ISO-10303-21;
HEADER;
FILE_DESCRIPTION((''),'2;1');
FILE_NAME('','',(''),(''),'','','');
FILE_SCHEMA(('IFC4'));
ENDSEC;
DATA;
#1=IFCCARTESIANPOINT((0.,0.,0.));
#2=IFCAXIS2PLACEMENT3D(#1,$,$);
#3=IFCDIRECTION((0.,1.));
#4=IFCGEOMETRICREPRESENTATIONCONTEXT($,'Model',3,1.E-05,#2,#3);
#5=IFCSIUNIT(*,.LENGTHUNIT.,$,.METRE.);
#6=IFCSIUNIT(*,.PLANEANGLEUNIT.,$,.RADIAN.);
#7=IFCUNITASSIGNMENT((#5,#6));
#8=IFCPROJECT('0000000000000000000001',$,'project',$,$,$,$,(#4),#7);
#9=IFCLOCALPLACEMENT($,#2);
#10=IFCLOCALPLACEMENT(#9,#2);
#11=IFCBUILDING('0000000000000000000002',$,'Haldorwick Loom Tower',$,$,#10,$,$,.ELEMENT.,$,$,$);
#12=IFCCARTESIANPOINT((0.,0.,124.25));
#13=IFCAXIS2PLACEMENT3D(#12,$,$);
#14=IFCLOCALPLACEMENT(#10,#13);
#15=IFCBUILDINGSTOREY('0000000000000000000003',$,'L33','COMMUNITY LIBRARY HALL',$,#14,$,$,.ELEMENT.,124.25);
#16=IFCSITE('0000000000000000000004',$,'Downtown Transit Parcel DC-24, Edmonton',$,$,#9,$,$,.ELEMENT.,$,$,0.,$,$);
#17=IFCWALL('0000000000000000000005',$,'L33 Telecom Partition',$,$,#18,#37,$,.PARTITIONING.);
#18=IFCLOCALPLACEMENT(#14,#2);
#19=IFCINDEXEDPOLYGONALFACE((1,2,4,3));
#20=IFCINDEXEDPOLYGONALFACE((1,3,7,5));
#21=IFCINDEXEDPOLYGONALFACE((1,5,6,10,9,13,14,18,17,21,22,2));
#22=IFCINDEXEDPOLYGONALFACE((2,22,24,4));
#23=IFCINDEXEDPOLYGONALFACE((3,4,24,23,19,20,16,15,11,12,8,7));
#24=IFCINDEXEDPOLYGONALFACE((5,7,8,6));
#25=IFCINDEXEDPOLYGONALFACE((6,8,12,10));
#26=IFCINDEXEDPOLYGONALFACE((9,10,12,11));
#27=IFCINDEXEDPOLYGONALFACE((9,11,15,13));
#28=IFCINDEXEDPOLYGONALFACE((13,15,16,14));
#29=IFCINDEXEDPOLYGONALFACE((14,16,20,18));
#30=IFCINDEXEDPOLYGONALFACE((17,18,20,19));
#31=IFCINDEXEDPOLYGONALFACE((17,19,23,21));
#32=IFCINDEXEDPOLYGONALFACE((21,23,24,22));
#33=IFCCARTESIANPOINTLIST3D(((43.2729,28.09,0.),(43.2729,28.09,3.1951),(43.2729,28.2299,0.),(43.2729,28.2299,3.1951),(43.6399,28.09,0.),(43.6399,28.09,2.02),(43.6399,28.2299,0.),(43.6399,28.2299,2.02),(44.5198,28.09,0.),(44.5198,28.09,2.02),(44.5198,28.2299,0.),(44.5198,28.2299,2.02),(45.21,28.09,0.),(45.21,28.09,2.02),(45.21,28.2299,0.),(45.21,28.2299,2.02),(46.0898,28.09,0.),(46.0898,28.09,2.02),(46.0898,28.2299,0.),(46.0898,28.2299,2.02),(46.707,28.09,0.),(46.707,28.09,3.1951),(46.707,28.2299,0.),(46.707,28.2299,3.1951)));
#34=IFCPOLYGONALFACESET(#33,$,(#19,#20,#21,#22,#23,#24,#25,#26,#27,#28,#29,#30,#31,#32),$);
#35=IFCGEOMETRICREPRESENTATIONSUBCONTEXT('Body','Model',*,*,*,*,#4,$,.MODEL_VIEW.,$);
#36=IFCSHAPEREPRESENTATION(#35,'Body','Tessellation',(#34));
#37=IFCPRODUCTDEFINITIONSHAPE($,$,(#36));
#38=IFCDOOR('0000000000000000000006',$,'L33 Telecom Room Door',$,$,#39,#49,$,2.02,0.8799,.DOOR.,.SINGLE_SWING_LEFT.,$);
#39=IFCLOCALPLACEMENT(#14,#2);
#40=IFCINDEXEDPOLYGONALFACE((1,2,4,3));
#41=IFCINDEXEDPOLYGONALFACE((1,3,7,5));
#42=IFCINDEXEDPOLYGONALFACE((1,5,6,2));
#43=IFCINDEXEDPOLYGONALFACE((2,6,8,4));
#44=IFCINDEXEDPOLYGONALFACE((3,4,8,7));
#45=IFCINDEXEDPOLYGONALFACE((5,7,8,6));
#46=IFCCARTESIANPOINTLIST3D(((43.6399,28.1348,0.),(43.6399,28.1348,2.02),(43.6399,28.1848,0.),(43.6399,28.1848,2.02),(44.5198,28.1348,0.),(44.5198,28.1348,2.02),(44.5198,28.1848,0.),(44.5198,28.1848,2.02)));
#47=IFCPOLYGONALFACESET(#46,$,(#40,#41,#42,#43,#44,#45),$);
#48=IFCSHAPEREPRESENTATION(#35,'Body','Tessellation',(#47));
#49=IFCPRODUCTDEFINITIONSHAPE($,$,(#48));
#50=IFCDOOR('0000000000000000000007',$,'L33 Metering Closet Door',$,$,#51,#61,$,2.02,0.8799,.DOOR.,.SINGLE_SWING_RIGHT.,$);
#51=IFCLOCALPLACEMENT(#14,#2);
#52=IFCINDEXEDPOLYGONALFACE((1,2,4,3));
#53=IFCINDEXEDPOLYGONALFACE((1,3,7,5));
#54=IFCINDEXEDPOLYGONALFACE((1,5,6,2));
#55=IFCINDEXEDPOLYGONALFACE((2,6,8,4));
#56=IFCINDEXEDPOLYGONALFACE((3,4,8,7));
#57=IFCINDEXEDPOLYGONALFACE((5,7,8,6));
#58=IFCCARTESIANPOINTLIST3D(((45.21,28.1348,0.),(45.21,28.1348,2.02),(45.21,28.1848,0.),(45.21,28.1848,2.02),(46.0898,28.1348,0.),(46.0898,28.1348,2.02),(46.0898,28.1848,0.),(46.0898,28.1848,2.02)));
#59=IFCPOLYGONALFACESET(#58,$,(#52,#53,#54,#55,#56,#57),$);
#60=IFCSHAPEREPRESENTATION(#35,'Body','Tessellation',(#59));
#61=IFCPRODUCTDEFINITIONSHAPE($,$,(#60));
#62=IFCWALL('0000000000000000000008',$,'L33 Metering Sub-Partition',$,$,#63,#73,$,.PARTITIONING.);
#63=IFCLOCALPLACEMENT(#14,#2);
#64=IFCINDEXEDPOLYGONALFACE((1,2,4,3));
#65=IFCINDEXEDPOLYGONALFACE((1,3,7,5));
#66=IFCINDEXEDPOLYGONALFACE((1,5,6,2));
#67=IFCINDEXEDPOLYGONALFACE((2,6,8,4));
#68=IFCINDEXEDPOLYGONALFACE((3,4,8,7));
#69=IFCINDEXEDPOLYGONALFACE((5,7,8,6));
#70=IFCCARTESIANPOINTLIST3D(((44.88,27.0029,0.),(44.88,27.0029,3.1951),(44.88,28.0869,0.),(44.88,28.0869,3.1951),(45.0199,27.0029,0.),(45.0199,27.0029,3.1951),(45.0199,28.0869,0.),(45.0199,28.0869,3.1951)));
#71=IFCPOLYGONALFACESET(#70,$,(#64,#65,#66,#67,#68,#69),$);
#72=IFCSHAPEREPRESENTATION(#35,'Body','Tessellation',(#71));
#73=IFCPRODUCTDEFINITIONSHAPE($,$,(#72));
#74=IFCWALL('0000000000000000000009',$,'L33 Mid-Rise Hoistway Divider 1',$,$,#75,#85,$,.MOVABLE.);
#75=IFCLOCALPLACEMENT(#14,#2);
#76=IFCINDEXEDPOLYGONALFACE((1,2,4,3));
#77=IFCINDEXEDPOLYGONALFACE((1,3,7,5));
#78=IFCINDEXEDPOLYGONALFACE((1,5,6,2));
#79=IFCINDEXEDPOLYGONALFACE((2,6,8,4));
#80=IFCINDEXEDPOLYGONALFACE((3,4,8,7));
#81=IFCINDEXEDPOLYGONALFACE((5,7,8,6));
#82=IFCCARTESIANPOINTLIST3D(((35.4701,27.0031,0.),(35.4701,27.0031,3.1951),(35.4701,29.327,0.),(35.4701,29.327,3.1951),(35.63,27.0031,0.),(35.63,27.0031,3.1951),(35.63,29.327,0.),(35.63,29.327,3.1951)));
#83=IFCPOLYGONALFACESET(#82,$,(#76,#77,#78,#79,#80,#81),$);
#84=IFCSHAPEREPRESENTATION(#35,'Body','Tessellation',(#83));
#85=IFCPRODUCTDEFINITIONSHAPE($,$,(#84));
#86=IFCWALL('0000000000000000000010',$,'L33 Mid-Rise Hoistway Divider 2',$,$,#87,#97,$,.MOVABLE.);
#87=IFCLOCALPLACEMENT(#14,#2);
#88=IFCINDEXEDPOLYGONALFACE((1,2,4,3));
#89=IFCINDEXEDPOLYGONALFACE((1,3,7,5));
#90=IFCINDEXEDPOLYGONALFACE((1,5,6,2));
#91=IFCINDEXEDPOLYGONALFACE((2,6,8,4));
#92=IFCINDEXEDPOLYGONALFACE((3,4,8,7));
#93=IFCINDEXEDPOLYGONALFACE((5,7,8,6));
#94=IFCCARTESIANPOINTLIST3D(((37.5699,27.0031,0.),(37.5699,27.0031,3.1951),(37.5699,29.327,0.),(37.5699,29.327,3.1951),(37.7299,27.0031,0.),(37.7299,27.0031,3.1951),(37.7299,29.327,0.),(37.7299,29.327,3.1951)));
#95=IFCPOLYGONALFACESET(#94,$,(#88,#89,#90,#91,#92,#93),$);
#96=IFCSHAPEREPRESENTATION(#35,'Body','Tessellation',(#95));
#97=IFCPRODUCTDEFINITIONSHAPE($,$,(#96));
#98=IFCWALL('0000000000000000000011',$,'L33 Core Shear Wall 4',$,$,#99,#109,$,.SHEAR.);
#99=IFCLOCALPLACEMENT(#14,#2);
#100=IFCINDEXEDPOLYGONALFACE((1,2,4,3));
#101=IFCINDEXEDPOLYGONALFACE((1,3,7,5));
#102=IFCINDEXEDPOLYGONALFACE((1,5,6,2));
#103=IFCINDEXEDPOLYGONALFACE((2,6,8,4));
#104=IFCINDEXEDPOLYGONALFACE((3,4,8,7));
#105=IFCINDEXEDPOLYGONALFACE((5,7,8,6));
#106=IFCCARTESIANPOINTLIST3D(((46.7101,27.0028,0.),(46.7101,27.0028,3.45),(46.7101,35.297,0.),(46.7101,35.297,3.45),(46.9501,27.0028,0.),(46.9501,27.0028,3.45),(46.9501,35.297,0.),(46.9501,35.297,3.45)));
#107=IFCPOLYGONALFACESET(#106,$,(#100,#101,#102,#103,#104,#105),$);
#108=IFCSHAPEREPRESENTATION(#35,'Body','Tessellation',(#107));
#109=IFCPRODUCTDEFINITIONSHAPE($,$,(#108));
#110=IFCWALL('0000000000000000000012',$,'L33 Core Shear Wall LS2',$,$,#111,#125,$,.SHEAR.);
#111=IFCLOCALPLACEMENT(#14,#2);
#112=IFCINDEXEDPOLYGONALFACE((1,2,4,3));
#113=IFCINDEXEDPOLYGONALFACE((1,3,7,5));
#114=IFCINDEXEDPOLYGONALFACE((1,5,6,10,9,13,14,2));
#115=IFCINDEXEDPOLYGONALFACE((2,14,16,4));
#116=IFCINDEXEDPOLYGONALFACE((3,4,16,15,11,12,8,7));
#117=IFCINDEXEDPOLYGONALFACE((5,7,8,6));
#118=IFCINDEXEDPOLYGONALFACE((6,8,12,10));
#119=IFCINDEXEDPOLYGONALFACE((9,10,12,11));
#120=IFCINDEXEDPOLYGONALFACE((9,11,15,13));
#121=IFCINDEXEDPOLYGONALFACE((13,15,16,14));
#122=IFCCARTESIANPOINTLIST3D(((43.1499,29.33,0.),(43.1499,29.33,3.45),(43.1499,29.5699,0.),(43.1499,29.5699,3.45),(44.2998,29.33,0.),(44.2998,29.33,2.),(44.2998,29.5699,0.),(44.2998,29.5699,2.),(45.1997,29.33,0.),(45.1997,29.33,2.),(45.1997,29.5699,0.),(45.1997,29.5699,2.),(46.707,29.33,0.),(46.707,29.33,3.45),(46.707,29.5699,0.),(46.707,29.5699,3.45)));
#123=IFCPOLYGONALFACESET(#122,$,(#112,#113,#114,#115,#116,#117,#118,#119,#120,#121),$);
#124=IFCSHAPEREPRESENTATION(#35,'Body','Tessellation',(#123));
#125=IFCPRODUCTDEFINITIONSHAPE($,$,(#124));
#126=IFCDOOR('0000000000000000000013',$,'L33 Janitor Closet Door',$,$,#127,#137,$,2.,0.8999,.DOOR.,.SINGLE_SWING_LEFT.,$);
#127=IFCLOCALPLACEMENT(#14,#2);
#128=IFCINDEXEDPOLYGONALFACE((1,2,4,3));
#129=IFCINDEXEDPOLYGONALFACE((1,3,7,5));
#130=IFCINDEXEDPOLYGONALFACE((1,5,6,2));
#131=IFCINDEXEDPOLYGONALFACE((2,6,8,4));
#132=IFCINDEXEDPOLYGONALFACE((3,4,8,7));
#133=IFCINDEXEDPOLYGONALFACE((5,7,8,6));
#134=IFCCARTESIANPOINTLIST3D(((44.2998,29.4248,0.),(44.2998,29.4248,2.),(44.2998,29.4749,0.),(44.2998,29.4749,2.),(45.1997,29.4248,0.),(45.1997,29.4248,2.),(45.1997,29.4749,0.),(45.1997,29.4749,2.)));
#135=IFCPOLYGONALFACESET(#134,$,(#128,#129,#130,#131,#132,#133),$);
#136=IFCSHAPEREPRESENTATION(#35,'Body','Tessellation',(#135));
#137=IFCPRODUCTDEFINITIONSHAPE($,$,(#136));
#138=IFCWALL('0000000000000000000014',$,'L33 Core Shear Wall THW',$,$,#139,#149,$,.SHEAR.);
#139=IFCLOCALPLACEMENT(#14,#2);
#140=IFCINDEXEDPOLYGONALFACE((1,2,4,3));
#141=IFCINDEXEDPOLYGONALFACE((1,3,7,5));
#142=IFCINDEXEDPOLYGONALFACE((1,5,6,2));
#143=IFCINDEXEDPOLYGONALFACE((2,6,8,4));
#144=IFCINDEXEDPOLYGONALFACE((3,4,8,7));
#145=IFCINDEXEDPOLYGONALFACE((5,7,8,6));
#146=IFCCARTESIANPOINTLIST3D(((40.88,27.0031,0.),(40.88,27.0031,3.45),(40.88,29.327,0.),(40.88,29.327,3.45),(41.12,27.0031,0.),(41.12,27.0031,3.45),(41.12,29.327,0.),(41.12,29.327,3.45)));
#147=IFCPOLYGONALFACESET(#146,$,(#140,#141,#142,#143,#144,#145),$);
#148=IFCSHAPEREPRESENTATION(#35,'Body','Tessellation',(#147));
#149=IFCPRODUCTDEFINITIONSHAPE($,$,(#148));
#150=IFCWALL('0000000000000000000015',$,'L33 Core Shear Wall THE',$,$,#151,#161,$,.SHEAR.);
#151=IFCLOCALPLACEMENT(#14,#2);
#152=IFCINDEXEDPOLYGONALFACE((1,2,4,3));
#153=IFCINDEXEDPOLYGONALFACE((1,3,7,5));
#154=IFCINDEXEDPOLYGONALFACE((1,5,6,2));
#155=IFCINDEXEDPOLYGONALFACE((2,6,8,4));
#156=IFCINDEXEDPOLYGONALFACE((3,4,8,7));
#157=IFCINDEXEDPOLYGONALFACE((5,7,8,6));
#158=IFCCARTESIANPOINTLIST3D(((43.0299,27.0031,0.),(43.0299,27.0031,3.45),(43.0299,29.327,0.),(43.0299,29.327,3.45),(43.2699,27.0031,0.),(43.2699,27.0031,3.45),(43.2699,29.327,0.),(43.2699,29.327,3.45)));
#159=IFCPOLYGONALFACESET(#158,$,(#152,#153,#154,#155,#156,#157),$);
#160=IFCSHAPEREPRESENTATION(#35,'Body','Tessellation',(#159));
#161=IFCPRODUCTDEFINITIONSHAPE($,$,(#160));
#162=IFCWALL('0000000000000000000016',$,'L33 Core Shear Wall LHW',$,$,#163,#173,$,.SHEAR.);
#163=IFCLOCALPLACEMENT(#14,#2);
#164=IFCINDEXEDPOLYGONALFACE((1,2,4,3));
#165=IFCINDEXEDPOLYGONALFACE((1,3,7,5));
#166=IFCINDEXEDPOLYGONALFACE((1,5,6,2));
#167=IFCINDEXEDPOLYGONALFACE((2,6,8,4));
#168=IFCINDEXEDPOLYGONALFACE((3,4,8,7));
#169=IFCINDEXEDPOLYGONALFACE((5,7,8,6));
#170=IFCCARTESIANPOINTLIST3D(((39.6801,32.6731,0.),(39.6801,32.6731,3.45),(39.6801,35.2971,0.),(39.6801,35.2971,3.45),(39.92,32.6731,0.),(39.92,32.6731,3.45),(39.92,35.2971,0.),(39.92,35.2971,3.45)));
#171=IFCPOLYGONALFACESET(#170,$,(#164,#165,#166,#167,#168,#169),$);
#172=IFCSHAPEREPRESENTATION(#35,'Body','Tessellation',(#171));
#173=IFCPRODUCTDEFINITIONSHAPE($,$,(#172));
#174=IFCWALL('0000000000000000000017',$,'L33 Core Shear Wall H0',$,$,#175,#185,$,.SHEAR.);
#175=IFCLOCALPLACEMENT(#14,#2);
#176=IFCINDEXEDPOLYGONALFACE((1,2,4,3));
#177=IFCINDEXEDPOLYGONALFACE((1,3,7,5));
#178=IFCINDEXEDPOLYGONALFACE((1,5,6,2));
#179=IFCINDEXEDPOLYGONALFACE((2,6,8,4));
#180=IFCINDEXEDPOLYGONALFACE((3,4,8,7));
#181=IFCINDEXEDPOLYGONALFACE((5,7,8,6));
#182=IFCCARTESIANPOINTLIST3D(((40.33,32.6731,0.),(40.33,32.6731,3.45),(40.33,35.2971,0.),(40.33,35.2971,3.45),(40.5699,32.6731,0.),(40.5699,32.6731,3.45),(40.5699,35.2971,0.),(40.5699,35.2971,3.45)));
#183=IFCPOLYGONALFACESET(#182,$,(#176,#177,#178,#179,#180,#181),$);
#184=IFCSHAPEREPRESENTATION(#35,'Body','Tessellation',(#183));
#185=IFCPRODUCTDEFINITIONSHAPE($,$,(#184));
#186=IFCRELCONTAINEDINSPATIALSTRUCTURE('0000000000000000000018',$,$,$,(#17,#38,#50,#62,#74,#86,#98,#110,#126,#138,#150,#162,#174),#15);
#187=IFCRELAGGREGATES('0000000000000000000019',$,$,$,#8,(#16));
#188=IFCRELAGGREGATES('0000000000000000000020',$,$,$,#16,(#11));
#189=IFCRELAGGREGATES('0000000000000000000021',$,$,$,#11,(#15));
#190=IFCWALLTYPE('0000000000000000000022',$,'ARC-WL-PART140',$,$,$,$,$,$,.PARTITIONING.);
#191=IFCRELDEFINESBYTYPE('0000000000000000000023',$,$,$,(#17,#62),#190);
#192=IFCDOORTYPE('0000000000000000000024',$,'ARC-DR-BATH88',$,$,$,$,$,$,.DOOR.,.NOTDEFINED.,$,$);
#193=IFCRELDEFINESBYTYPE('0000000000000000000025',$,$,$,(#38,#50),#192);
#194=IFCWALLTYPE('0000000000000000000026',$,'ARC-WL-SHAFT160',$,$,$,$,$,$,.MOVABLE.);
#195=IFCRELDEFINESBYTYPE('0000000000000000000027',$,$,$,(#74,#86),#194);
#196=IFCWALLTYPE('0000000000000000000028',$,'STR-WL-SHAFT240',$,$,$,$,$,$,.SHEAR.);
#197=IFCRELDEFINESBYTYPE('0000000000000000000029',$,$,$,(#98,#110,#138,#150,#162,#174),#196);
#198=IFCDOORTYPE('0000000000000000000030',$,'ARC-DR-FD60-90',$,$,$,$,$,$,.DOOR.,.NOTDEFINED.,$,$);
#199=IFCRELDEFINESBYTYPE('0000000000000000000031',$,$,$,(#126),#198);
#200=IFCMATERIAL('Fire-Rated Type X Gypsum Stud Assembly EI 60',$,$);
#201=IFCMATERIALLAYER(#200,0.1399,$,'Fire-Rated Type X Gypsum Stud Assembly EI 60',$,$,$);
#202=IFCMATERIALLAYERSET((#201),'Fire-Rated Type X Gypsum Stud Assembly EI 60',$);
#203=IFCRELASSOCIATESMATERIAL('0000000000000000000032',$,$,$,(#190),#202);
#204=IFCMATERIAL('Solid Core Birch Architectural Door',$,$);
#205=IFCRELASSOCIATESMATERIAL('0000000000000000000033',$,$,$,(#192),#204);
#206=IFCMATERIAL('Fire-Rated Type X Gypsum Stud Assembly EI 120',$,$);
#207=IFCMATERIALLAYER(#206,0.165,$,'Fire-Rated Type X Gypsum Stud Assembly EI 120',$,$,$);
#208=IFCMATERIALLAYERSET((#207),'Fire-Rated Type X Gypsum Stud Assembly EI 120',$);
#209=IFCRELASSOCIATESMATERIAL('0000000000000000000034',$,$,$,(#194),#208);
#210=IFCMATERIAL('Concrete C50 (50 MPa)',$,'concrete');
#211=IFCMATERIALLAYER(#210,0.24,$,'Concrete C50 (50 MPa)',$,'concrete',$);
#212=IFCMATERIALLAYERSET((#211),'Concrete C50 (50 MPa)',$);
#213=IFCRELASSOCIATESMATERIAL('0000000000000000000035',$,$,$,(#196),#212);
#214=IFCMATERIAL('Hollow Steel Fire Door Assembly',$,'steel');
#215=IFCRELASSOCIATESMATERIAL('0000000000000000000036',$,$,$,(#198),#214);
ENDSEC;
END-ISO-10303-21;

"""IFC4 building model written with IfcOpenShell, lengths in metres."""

from ifc_helpers import new_model, si_unit, direction, frame, frame_2d, origin, place, context, subcontext, project, spatial, rectangle, extrude, material, layer, layer_set, type_object, element, fill, save


model = new_model("IFC4")

# Units and contexts
model_context = context("Model", 3, precision=1e-05, world=origin(), true_north=direction((0.0, 1.0)))
body_context = subcontext(model_context, "Body", "Model", "MODEL_VIEW")
ifc_project = project(units=[si_unit("LENGTHUNIT", "METRE"), si_unit("PLANEANGLEUNIT", "RADIAN")], contexts=[model_context])

# Site, building, storey
site_placement = place(None, origin())
site = spatial("IfcSite", under=ifc_project, at=site_placement, Name="Downtown Transit Parcel DC-24, Edmonton", CompositionType="ELEMENT", RefElevation=0.0)
building_placement = place(site_placement, origin())
building = spatial("IfcBuilding", under=site, at=building_placement, Name="Haldorwick Loom Tower", CompositionType="ELEMENT")
storey_placement = place(building_placement, frame((0.0, 0.0, 124.25)))
storey = spatial("IfcBuildingStorey", under=building, at=storey_placement, Name="L33", Description="COMMUNITY LIBRARY HALL", CompositionType="ELEMENT", Elevation=124.25)

# Wall, openings, doors
ifc_material_1 = material(Name="Fire-Rated Type X Gypsum Stud Assembly EI 60")
ifc_layer_1 = layer(ifc_material_1, 0.1399, Name="Fire-Rated Type X Gypsum Stud Assembly EI 60")
ifc_layer_set_1 = layer_set([ifc_layer_1], Name="Fire-Rated Type X Gypsum Stud Assembly EI 60")
wall_type_1 = type_object("IfcWallType", Name="ARC-WL-PART140", PredefinedType="PARTITIONING", material=ifc_layer_set_1)
wall_1_placement = place(storey_placement, frame((43.2729, 28.1599, 0.0), z_axis=(0.0, 0.0, 1.0), x_axis=(1.0, 0.0, 0.0)))
wall_1 = element("IfcWall", 1, at=wall_1_placement, inside=storey, type_object=wall_type_1, Name="L33 Telecom Partition", PredefinedType="PARTITIONING", context=body_context, shape_type="SweptSolid", body=[
    extrude(rectangle(XDim=3.4341, YDim=0.1399, at=frame_2d((1.717, 0.0))), origin(), (0.0, 0.0, 1.0), 3.1951),
])
opening_1_placement = place(wall_1_placement, frame((0.3669, 0.0, 0.0)))
opening_1 = element("IfcOpeningElement", 2, at=opening_1_placement, cuts=wall_1, PredefinedType="OPENING", context=body_context, shape_type="SweptSolid", body=[
    extrude(rectangle(XDim=0.8799, YDim=2.02, at=frame_2d((0.4399, 1.01))), frame((0.0, 0.0798, 0.0), z_axis=(0.0, -1.0, 0.0), x_axis=(1.0, 0.0, 0.0)), (0.0, 0.0, 1.0), 0.1599),
])
opening_2_placement = place(wall_1_placement, frame((1.937, 0.0, 0.0)))
opening_2 = element("IfcOpeningElement", 3, at=opening_2_placement, cuts=wall_1, PredefinedType="OPENING", context=body_context, shape_type="SweptSolid", body=[
    extrude(rectangle(XDim=0.8799, YDim=2.02, at=frame_2d((0.4399, 1.01))), frame((0.0, 0.0798, 0.0), z_axis=(0.0, -1.0, 0.0), x_axis=(1.0, 0.0, 0.0)), (0.0, 0.0, 1.0), 0.1599),
])
ifc_material_2 = material(Name="Solid Core Birch Architectural Door")
door_type_1 = type_object("IfcDoorType", Name="ARC-DR-BATH88", OperationType="NOTDEFINED", PredefinedType="DOOR", material=ifc_material_2)
door_1_placement = place(opening_1_placement, origin())
door_1 = element("IfcDoor", 4, at=door_1_placement, inside=storey, type_object=door_type_1, Name="L33 Telecom Room Door", OperationType="SINGLE_SWING_LEFT", OverallHeight=2.02, OverallWidth=0.8799, PredefinedType="DOOR", context=body_context, shape_type="SweptSolid", body=[
    extrude(rectangle(XDim=0.8799, YDim=2.02, at=frame_2d((0.4399, 1.01))), frame((0.0, 0.0249, 0.0), z_axis=(0.0, -1.0, 0.0), x_axis=(1.0, 0.0, 0.0)), (0.0, 0.0, 1.0), 0.05),
])
fill(opening_1, door_1)
door_2_placement = place(opening_2_placement, origin())
door_2 = element("IfcDoor", 5, at=door_2_placement, inside=storey, type_object=door_type_1, Name="L33 Metering Closet Door", OperationType="SINGLE_SWING_RIGHT", OverallHeight=2.02, OverallWidth=0.8799, PredefinedType="DOOR", context=body_context, shape_type="SweptSolid", body=[
    extrude(rectangle(XDim=0.8799, YDim=2.02, at=frame_2d((0.4399, 1.01))), frame((0.0, 0.0249, 0.0), z_axis=(0.0, -1.0, 0.0), x_axis=(1.0, 0.0, 0.0)), (0.0, 0.0, 1.0), 0.05),
])
fill(opening_2, door_2)

# Walls
wall_2_placement = place(storey_placement, frame((44.95, 27.0029, 0.0), z_axis=(0.0, 0.0, 1.0), x_axis=(0.0, 1.0, 0.0)))
element("IfcWall", 6, at=wall_2_placement, inside=storey, type_object=wall_type_1, Name="L33 Metering Sub-Partition", PredefinedType="PARTITIONING", context=body_context, shape_type="SweptSolid", body=[
    extrude(rectangle(XDim=1.084, YDim=0.1399, at=frame_2d((0.542, 0.0))), origin(), (0.0, 0.0, 1.0), 3.1951),
])
ifc_material_3 = material(Name="Fire-Rated Type X Gypsum Stud Assembly EI 120")
ifc_layer_2 = layer(ifc_material_3, 0.165, Name="Fire-Rated Type X Gypsum Stud Assembly EI 120")
ifc_layer_set_2 = layer_set([ifc_layer_2], Name="Fire-Rated Type X Gypsum Stud Assembly EI 120")
wall_type_2 = type_object("IfcWallType", Name="ARC-WL-SHAFT160", PredefinedType="MOVABLE", material=ifc_layer_set_2)
for number, where, z_axis, x_axis, name in (
    (7, (35.55, 27.0029, 0.0), (0.0, 0.0, 1.0), (0.0, 1.0, 0.0), "L33 Mid-Rise Hoistway Divider 1"),
    (8, (37.6499, 27.0029, 0.0), (0.0, 0.0, 1.0), (0.0, 1.0, 0.0), "L33 Mid-Rise Hoistway Divider 2"),
):
    element("IfcWall", number, at=place(storey_placement, frame(where, z_axis=z_axis, x_axis=x_axis)), inside=storey, type_object=wall_type_2, Name=name, PredefinedType="MOVABLE", context=body_context, shape_type="SweptSolid", body=[
        extrude(rectangle(XDim=2.324, YDim=0.1599, at=frame_2d((1.1621, 0.0))), origin(), (0.0, 0.0, 1.0), 3.1951),
    ])
ifc_material_4 = material(Name="Concrete C50 (50 MPa)", Category="concrete")
ifc_layer_3 = layer(ifc_material_4, 0.24, Name="Concrete C50 (50 MPa)", Category="concrete")
ifc_layer_set_3 = layer_set([ifc_layer_3], Name="Concrete C50 (50 MPa)")
wall_type_3 = type_object("IfcWallType", Name="STR-WL-SHAFT240", PredefinedType="SHEAR", material=ifc_layer_set_3)
wall_3_placement = place(storey_placement, frame((46.8301, 27.0029, 0.0), z_axis=(0.0, 0.0, 1.0), x_axis=(0.0, 1.0, 0.0)))
element("IfcWall", 9, at=wall_3_placement, inside=storey, type_object=wall_type_3, Name="L33 Core Shear Wall 4", PredefinedType="SHEAR", context=body_context, shape_type="SweptSolid", body=[
    extrude(rectangle(XDim=8.2942, YDim=0.24, at=frame_2d((4.147, 0.0))), origin(), (0.0, 0.0, 1.0), 3.45),
])

# Wall, opening, door
wall_4_placement = place(storey_placement, frame((43.1499, 29.45, 0.0), z_axis=(0.0, 0.0, 1.0), x_axis=(1.0, 0.0, 0.0)))
wall_4 = element("IfcWall", 10, at=wall_4_placement, inside=storey, type_object=wall_type_3, Name="L33 Core Shear Wall LS2", PredefinedType="SHEAR", context=body_context, shape_type="SweptSolid", body=[
    extrude(rectangle(XDim=3.5571, YDim=0.24, at=frame_2d((1.7786, 0.0))), origin(), (0.0, 0.0, 1.0), 3.45),
])
opening_3_placement = place(wall_4_placement, frame((1.1499, 0.0, 0.0)))
opening_3 = element("IfcOpeningElement", 11, at=opening_3_placement, cuts=wall_4, PredefinedType="OPENING", context=body_context, shape_type="SweptSolid", body=[
    extrude(rectangle(XDim=0.8999, YDim=2.0, at=frame_2d((0.45, 1.0))), frame((0.0, 0.1299, 0.0), z_axis=(0.0, -1.0, 0.0), x_axis=(1.0, 0.0, 0.0)), (0.0, 0.0, 1.0), 0.26),
])
ifc_material_5 = material(Name="Hollow Steel Fire Door Assembly", Category="steel")
door_type_2 = type_object("IfcDoorType", Name="ARC-DR-FD60-90", OperationType="NOTDEFINED", PredefinedType="DOOR", material=ifc_material_5)
door_3_placement = place(opening_3_placement, origin())
door_3 = element("IfcDoor", 12, at=door_3_placement, inside=storey, type_object=door_type_2, Name="L33 Janitor Closet Door", OperationType="SINGLE_SWING_LEFT", OverallHeight=2.0, OverallWidth=0.8999, PredefinedType="DOOR", context=body_context, shape_type="SweptSolid", body=[
    extrude(rectangle(XDim=0.8999, YDim=2.0, at=frame_2d((0.45, 1.0))), frame((0.0, 0.0249, 0.0), z_axis=(0.0, -1.0, 0.0), x_axis=(1.0, 0.0, 0.0)), (0.0, 0.0, 1.0), 0.05),
])
fill(opening_3, door_3)

# Walls
for number, where, z_axis, x_axis, name in (
    (13, (41.0, 27.0029, 0.0), (0.0, 0.0, 1.0), (0.0, 1.0, 0.0), "L33 Core Shear Wall THW"),
    (14, (43.1499, 27.0029, 0.0), (0.0, 0.0, 1.0), (0.0, 1.0, 0.0), "L33 Core Shear Wall THE"),
):
    element("IfcWall", number, at=place(storey_placement, frame(where, z_axis=z_axis, x_axis=x_axis)), inside=storey, type_object=wall_type_3, Name=name, PredefinedType="SHEAR", context=body_context, shape_type="SweptSolid", body=[
        extrude(rectangle(XDim=2.324, YDim=0.24, at=frame_2d((1.1621, 0.0))), origin(), (0.0, 0.0, 1.0), 3.45),
    ])
for number, where, z_axis, x_axis, name in (
    (15, (39.8, 32.6731, 0.0), (0.0, 0.0, 1.0), (0.0, 1.0, 0.0), "L33 Core Shear Wall LHW"),
    (16, (40.45, 32.6731, 0.0), (0.0, 0.0, 1.0), (0.0, 1.0, 0.0), "L33 Core Shear Wall H0"),
):
    element("IfcWall", number, at=place(storey_placement, frame(where, z_axis=z_axis, x_axis=x_axis)), inside=storey, type_object=wall_type_3, Name=name, PredefinedType="SHEAR", context=body_context, shape_type="SweptSolid", body=[
        extrude(rectangle(XDim=2.624, YDim=0.24, at=frame_2d((1.312, 0.0))), origin(), (0.0, 0.0, 1.0), 3.45),
    ])

save(model, "model.ifc")
